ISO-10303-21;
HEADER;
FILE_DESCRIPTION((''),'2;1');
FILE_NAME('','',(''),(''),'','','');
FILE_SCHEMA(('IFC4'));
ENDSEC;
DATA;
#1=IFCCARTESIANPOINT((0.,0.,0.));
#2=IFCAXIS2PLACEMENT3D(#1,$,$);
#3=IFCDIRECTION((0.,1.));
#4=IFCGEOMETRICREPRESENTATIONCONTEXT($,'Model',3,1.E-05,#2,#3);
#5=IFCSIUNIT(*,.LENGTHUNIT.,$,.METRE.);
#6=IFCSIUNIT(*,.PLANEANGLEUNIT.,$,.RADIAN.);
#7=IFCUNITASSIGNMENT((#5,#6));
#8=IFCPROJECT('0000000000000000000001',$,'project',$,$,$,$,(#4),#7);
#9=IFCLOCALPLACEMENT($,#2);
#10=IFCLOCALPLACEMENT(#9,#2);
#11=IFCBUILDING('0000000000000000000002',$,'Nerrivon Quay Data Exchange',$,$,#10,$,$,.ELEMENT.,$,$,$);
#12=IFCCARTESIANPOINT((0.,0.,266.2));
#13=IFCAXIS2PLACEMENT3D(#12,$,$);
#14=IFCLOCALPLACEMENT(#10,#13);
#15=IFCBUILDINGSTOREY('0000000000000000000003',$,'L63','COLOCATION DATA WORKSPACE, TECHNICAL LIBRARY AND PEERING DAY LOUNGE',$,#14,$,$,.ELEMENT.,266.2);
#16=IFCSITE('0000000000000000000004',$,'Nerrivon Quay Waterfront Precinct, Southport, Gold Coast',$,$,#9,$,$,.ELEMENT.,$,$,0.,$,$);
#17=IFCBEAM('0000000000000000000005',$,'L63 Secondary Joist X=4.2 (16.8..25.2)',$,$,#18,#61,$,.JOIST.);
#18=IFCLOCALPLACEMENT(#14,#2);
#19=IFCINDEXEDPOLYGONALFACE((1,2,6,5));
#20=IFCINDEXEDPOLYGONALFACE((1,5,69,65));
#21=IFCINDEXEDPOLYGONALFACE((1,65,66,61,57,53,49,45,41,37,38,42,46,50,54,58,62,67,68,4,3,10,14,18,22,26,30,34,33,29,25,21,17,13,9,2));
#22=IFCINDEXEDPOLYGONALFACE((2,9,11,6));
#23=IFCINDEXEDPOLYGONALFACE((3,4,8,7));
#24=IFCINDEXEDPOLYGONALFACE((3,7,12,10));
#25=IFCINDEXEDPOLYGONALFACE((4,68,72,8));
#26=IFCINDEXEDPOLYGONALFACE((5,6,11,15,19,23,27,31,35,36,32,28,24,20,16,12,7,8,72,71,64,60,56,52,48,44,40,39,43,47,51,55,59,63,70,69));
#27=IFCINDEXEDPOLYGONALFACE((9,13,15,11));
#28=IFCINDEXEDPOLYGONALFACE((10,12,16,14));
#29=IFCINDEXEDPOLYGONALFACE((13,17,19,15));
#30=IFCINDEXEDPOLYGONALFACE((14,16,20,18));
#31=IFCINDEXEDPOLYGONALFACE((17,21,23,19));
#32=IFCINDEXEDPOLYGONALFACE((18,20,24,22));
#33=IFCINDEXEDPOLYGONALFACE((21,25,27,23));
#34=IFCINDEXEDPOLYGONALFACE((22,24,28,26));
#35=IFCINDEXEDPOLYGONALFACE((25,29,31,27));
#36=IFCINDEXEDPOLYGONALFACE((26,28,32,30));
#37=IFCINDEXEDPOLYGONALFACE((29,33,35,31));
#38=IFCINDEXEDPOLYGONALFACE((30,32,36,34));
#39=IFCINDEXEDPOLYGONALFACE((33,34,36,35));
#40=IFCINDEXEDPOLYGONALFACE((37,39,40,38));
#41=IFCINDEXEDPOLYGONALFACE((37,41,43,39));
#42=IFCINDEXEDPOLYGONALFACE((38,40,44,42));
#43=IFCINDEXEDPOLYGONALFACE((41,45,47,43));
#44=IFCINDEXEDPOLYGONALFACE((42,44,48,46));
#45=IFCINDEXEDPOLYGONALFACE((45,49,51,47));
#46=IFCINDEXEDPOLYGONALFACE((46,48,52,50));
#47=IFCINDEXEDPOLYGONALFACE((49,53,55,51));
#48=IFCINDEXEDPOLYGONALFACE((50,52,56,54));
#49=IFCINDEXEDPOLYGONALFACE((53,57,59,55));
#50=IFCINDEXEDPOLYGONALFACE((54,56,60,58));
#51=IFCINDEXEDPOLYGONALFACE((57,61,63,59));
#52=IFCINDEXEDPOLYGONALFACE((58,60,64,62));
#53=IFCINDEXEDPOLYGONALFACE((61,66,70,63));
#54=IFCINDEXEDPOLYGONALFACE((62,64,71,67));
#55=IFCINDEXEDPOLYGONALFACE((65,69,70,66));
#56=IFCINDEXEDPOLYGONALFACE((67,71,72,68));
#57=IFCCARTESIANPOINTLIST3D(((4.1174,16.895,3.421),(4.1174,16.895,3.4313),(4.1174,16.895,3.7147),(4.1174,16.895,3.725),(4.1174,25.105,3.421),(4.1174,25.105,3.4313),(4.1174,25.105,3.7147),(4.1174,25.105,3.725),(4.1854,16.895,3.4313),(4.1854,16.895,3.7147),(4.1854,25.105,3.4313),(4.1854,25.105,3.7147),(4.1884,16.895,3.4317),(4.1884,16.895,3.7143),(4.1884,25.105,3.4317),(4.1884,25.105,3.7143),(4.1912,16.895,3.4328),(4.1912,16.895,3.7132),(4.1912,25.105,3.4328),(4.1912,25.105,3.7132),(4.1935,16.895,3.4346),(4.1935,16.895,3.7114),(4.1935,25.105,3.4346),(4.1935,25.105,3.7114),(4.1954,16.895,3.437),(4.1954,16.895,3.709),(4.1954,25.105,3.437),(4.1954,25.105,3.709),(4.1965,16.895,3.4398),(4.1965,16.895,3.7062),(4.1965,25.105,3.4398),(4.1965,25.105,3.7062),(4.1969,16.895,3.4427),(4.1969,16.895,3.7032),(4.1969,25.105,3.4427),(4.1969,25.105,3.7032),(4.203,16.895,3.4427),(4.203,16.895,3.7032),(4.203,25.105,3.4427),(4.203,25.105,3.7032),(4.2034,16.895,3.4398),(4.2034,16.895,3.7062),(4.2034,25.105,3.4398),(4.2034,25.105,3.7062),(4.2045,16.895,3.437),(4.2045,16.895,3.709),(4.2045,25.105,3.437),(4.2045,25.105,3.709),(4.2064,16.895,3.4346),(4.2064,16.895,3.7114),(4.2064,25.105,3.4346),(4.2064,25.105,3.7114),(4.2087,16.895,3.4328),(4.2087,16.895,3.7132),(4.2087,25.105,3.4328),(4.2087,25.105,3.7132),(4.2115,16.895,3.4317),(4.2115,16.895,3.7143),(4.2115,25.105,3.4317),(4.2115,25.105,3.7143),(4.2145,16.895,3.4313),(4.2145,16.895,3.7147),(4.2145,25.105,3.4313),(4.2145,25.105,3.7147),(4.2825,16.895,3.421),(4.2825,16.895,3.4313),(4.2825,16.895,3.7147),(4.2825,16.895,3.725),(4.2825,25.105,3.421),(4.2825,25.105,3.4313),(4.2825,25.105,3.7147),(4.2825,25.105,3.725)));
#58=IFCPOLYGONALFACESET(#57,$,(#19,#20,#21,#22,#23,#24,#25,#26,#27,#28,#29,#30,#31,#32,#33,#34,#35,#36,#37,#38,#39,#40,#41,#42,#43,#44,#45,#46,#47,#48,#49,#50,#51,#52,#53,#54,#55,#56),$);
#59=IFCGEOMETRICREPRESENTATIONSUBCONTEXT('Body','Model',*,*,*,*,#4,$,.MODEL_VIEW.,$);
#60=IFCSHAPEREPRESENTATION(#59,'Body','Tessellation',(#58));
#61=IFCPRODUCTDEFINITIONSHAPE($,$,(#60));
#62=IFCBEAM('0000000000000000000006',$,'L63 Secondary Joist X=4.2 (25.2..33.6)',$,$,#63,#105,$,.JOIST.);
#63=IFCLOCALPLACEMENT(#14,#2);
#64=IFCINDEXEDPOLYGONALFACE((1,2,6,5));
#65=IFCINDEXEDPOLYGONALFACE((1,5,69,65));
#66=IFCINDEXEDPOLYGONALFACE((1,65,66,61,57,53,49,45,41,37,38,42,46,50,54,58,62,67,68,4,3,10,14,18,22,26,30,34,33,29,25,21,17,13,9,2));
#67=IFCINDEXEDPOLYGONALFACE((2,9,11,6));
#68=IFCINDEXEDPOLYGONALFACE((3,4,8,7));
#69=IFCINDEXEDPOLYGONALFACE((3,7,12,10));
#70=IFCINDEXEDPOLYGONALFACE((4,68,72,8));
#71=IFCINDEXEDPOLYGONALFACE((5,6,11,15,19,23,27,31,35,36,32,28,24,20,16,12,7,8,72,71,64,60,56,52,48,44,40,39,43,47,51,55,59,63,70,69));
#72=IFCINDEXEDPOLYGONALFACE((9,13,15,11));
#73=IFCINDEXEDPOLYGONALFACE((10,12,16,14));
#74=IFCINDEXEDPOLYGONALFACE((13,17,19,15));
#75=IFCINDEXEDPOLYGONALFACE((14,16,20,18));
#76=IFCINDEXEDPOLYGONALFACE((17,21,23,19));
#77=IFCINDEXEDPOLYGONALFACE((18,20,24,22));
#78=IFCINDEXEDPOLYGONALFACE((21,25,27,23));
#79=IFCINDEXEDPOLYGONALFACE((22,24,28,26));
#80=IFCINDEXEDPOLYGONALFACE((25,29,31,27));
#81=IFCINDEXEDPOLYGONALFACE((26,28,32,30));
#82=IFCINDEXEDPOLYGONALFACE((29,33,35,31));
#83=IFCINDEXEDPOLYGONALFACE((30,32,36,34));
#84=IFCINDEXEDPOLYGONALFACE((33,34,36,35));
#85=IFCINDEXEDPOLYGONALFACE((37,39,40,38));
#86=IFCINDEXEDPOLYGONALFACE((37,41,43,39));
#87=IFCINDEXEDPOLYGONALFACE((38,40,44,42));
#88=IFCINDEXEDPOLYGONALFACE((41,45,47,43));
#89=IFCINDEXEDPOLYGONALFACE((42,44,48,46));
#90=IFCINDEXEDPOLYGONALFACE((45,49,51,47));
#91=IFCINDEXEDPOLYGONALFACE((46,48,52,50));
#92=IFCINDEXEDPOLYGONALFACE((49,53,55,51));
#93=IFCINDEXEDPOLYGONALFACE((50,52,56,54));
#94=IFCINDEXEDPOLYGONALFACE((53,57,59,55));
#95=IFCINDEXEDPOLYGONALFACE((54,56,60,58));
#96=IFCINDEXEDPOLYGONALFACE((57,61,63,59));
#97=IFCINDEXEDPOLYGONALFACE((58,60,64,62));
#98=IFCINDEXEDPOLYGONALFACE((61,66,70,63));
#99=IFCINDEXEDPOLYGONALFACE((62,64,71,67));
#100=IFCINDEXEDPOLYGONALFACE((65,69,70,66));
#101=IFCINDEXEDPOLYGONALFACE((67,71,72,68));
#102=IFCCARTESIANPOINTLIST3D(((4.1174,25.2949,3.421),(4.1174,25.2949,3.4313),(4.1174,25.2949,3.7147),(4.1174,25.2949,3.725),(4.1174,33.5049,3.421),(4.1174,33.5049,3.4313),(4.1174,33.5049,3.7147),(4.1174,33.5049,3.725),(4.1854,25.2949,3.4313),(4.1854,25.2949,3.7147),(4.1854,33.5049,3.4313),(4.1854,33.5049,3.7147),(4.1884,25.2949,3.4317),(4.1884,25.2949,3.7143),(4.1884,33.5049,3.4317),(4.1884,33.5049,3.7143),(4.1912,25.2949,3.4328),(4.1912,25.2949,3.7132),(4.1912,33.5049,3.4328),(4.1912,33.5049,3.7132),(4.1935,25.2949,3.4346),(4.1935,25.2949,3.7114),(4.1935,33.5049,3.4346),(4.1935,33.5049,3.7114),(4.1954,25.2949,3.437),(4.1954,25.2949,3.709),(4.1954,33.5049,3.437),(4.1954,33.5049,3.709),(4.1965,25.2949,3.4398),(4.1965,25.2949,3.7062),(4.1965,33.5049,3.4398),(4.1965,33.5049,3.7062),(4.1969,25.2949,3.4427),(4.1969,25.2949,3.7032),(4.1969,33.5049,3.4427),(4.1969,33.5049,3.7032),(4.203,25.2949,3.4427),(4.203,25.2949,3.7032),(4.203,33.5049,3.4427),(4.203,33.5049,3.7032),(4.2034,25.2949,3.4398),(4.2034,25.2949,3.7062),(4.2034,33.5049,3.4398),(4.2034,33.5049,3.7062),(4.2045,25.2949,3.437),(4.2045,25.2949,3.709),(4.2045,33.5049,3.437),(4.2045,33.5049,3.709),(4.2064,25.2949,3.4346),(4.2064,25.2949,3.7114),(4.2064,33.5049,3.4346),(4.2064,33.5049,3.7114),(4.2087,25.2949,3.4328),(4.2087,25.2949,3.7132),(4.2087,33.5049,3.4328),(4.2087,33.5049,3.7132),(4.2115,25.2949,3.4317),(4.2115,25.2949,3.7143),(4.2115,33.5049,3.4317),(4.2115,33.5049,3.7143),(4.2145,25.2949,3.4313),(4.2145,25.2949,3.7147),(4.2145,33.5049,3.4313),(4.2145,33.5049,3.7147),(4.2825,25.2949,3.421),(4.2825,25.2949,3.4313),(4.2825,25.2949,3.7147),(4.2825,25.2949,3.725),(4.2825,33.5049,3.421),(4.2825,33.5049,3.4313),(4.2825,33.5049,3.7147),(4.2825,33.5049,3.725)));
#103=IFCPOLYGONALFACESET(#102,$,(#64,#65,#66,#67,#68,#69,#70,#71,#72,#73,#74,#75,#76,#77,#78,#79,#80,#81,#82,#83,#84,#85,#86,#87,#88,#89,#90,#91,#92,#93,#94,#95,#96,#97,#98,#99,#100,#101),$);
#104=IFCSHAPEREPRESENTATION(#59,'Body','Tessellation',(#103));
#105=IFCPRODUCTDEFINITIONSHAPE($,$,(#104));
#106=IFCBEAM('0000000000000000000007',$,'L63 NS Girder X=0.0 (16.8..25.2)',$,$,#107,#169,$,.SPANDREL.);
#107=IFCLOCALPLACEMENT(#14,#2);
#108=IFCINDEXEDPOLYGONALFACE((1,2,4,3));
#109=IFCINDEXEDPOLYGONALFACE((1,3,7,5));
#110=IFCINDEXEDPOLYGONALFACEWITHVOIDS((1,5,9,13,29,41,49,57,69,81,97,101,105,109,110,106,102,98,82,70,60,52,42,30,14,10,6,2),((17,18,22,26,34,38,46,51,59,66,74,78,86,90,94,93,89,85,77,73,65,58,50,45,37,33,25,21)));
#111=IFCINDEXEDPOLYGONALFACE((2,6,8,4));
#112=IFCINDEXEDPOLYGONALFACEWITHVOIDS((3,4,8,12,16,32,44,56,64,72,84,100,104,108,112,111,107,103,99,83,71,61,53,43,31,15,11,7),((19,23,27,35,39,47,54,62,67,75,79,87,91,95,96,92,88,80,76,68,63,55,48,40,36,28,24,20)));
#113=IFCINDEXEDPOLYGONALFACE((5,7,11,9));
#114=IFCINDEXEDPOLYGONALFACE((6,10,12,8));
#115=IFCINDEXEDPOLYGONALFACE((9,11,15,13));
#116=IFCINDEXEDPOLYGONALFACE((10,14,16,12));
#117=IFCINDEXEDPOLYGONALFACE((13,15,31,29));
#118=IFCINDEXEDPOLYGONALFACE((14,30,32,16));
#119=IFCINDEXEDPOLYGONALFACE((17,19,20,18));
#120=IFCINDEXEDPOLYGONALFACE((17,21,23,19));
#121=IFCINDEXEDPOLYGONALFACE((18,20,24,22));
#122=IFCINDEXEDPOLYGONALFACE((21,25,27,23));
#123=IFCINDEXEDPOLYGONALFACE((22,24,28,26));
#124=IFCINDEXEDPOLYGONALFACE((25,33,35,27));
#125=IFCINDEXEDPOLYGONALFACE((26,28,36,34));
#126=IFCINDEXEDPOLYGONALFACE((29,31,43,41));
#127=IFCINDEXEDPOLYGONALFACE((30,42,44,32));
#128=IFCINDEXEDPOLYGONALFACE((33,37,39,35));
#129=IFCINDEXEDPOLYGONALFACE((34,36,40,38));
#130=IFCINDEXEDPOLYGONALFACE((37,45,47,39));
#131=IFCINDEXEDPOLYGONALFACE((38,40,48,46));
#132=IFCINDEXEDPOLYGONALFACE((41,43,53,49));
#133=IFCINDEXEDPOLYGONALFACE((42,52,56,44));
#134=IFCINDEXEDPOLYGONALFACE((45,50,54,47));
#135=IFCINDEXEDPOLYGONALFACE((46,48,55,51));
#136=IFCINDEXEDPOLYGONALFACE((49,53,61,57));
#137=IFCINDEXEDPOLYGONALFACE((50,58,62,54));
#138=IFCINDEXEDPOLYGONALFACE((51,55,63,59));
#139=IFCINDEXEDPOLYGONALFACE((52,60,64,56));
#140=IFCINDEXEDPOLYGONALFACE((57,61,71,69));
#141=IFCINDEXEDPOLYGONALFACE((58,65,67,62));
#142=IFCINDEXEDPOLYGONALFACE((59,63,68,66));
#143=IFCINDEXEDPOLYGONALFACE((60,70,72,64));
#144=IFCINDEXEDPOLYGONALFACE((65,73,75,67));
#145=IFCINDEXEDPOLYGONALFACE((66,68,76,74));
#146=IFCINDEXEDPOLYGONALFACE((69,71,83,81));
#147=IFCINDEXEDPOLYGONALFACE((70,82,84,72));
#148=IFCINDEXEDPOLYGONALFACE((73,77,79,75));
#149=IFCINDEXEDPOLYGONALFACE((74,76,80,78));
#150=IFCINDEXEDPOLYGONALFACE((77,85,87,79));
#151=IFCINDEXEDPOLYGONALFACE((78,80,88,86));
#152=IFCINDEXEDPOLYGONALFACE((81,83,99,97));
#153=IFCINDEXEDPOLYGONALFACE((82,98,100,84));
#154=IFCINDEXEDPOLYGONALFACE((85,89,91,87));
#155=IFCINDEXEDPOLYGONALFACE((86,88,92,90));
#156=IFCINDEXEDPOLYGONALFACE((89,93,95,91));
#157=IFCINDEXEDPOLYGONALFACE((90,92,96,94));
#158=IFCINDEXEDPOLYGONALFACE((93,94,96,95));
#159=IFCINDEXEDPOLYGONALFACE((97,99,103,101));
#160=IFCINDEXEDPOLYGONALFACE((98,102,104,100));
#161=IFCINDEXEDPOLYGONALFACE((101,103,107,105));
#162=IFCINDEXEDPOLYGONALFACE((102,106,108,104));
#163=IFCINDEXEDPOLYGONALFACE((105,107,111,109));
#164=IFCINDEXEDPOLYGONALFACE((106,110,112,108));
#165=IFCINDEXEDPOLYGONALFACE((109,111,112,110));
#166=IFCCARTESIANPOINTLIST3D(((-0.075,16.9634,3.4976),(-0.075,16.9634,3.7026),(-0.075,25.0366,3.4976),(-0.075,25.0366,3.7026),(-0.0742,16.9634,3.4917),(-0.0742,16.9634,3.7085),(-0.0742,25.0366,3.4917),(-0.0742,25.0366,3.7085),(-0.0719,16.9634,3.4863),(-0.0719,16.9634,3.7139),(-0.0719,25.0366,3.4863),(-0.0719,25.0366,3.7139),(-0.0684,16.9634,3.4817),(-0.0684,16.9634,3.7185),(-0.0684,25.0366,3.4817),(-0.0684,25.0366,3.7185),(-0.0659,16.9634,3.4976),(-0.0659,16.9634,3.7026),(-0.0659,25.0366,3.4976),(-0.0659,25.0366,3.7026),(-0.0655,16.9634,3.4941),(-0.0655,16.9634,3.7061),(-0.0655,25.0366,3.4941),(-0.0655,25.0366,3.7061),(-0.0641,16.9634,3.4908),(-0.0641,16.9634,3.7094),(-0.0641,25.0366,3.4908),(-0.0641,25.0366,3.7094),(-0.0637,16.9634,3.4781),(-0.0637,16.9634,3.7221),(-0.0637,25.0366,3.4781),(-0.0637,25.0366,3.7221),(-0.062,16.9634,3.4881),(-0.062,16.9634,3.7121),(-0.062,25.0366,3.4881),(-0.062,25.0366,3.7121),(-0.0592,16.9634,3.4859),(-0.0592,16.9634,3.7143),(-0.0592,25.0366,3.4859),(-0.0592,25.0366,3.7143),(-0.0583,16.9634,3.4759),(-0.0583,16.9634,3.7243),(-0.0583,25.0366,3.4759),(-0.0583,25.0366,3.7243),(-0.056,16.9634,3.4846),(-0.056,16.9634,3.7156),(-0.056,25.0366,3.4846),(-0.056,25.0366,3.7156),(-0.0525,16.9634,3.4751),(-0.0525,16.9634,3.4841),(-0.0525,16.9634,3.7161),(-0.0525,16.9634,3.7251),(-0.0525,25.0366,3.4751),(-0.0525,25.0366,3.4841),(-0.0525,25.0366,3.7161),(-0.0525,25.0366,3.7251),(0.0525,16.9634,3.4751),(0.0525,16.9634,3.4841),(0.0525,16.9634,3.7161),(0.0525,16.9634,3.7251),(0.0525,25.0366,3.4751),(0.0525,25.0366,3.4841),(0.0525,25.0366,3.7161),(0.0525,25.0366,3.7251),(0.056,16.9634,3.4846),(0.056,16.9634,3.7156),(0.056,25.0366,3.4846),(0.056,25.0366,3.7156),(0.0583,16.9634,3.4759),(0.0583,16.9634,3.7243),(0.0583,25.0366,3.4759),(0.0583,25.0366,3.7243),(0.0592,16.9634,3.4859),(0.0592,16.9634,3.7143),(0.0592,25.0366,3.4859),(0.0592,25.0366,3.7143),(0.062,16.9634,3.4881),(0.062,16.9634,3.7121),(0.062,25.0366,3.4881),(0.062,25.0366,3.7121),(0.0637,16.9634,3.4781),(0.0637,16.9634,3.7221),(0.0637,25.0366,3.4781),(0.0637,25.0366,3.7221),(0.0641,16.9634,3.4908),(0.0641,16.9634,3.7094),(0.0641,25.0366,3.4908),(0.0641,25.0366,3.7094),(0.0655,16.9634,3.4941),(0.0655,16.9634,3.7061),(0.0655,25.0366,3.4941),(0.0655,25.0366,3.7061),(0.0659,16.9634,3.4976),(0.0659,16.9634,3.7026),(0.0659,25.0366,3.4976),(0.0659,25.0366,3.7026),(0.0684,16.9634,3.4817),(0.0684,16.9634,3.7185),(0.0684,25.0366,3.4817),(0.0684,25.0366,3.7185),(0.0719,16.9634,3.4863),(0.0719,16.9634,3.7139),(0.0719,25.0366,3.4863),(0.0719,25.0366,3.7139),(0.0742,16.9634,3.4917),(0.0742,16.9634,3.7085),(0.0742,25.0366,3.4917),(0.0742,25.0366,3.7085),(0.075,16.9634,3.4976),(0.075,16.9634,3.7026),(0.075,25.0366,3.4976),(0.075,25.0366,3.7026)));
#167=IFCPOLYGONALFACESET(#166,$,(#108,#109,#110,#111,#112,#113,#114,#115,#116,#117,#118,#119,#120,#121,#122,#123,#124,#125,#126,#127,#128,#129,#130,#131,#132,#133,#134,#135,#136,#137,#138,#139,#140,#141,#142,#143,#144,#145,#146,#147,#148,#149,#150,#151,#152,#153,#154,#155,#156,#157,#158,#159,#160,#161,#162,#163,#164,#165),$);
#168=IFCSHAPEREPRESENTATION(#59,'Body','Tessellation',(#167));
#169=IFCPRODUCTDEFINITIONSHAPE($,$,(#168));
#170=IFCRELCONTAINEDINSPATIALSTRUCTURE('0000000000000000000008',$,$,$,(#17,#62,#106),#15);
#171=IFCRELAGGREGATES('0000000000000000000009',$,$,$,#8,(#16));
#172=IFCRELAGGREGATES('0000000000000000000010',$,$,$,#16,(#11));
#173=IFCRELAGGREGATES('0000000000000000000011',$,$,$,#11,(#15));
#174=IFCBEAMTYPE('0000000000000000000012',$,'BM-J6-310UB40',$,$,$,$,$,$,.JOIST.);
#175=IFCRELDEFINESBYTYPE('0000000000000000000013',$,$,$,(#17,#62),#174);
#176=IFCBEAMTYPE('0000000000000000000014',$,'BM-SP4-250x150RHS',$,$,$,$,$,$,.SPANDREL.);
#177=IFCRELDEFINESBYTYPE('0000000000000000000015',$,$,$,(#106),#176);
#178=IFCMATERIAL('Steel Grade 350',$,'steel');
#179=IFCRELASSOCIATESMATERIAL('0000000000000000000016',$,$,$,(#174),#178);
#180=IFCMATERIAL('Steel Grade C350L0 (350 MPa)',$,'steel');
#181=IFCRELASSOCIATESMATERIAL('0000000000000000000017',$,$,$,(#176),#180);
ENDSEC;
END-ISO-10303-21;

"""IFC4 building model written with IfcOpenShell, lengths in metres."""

from ifc_helpers import new_model, si_unit, direction, frame, origin, origin_2d, place, context, subcontext, project, spatial, hollow_rectangle, i_section, extrude, material, material_profile, profile_set, type_object, element, save


model = new_model("IFC4")

# Units and contexts
model_context = context("Model", 3, precision=1e-05, world=origin(), true_north=direction((0.0, 1.0)))
body_context = subcontext(model_context, "Body", "Model", "MODEL_VIEW")
ifc_project = project(units=[si_unit("LENGTHUNIT", "METRE"), si_unit("PLANEANGLEUNIT", "RADIAN")], contexts=[model_context])

# Site, building, storey
site_placement = place(None, origin())
site = spatial("IfcSite", under=ifc_project, at=site_placement, Name="Nerrivon Quay Waterfront Precinct, Southport, Gold Coast", CompositionType="ELEMENT", RefElevation=0.0)
building_placement = place(site_placement, origin())
building = spatial("IfcBuilding", under=site, at=building_placement, Name="Nerrivon Quay Data Exchange", CompositionType="ELEMENT")
storey_placement = place(building_placement, frame((0.0, 0.0, 266.2)))
storey = spatial("IfcBuildingStorey", under=building, at=storey_placement, Name="L63", Description="COLOCATION DATA WORKSPACE, TECHNICAL LIBRARY AND PEERING DAY LOUNGE", CompositionType="ELEMENT", Elevation=266.2)

# Shared definitions
ifc_material_1 = material(Name="Steel Grade 350", Category="steel")

# Beams
ifc_material_profile_1 = material_profile(ifc_material_1, i_section(OverallWidth=0.165, OverallDepth=0.304, WebThickness=0.0061, FlangeThickness=0.0103, FilletRadius=0.0115, at=origin_2d()), Name="310UB40.4")
ifc_profile_set_1 = profile_set([ifc_material_profile_1], Name="Steel Grade 350")
beam_type_1 = type_object("IfcBeamType", Name="BM-J6-310UB40", PredefinedType="JOIST", material=ifc_profile_set_1)
for number, where, z_axis, x_axis, name in (
    (1, (4.2, 16.895, 3.573), (0.0, 1.0, 0.0), (-1.0, 0.0, 0.0), "L63 Secondary Joist X=4.2 (16.8..25.2)"),
    (2, (4.2, 25.2949, 3.573), (0.0, 1.0, 0.0), (-1.0, 0.0, 0.0), "L63 Secondary Joist X=4.2 (25.2..33.6)"),
):
    element("IfcBeam", number, at=place(storey_placement, frame(where, z_axis=z_axis, x_axis=x_axis)), inside=storey, type_object=beam_type_1, Name=name, PredefinedType="JOIST", context=body_context, shape_type="SweptSolid", body=[
        extrude(i_section(OverallWidth=0.165, OverallDepth=0.304, WebThickness=0.0061, FlangeThickness=0.0103, FilletRadius=0.0115, at=origin_2d()), origin(), (0.0, 0.0, 1.0), 8.21),
    ])
ifc_material_2 = material(Name="Steel Grade C350L0 (350 MPa)", Category="steel")
ifc_material_profile_2 = material_profile(ifc_material_2, hollow_rectangle(XDim=0.1499, YDim=0.25, WallThickness=0.009, InnerFilletRadius=0.0134, OuterFilletRadius=0.0225, at=origin_2d()), Name="250x150x9.0RHS")
ifc_profile_set_2 = profile_set([ifc_material_profile_2], Name="Steel Grade C350L0 (350 MPa)")
beam_type_2 = type_object("IfcBeamType", Name="BM-SP4-250x150RHS", PredefinedType="SPANDREL", material=ifc_profile_set_2)
beam_1_placement = place(storey_placement, frame((0.0, 16.9634, 3.6001), z_axis=(0.0, 1.0, 0.0), x_axis=(-1.0, 0.0, 0.0)))
element("IfcBeam", 3, at=beam_1_placement, inside=storey, type_object=beam_type_2, Name="L63 NS Girder X=0.0 (16.8..25.2)", PredefinedType="SPANDREL", context=body_context, shape_type="SweptSolid", body=[
    extrude(hollow_rectangle(XDim=0.1499, YDim=0.25, WallThickness=0.009, InnerFilletRadius=0.0134, OuterFilletRadius=0.0225, at=origin_2d()), origin(), (0.0, 0.0, 1.0), 8.0732),
])

save(model, "model.ifc")
